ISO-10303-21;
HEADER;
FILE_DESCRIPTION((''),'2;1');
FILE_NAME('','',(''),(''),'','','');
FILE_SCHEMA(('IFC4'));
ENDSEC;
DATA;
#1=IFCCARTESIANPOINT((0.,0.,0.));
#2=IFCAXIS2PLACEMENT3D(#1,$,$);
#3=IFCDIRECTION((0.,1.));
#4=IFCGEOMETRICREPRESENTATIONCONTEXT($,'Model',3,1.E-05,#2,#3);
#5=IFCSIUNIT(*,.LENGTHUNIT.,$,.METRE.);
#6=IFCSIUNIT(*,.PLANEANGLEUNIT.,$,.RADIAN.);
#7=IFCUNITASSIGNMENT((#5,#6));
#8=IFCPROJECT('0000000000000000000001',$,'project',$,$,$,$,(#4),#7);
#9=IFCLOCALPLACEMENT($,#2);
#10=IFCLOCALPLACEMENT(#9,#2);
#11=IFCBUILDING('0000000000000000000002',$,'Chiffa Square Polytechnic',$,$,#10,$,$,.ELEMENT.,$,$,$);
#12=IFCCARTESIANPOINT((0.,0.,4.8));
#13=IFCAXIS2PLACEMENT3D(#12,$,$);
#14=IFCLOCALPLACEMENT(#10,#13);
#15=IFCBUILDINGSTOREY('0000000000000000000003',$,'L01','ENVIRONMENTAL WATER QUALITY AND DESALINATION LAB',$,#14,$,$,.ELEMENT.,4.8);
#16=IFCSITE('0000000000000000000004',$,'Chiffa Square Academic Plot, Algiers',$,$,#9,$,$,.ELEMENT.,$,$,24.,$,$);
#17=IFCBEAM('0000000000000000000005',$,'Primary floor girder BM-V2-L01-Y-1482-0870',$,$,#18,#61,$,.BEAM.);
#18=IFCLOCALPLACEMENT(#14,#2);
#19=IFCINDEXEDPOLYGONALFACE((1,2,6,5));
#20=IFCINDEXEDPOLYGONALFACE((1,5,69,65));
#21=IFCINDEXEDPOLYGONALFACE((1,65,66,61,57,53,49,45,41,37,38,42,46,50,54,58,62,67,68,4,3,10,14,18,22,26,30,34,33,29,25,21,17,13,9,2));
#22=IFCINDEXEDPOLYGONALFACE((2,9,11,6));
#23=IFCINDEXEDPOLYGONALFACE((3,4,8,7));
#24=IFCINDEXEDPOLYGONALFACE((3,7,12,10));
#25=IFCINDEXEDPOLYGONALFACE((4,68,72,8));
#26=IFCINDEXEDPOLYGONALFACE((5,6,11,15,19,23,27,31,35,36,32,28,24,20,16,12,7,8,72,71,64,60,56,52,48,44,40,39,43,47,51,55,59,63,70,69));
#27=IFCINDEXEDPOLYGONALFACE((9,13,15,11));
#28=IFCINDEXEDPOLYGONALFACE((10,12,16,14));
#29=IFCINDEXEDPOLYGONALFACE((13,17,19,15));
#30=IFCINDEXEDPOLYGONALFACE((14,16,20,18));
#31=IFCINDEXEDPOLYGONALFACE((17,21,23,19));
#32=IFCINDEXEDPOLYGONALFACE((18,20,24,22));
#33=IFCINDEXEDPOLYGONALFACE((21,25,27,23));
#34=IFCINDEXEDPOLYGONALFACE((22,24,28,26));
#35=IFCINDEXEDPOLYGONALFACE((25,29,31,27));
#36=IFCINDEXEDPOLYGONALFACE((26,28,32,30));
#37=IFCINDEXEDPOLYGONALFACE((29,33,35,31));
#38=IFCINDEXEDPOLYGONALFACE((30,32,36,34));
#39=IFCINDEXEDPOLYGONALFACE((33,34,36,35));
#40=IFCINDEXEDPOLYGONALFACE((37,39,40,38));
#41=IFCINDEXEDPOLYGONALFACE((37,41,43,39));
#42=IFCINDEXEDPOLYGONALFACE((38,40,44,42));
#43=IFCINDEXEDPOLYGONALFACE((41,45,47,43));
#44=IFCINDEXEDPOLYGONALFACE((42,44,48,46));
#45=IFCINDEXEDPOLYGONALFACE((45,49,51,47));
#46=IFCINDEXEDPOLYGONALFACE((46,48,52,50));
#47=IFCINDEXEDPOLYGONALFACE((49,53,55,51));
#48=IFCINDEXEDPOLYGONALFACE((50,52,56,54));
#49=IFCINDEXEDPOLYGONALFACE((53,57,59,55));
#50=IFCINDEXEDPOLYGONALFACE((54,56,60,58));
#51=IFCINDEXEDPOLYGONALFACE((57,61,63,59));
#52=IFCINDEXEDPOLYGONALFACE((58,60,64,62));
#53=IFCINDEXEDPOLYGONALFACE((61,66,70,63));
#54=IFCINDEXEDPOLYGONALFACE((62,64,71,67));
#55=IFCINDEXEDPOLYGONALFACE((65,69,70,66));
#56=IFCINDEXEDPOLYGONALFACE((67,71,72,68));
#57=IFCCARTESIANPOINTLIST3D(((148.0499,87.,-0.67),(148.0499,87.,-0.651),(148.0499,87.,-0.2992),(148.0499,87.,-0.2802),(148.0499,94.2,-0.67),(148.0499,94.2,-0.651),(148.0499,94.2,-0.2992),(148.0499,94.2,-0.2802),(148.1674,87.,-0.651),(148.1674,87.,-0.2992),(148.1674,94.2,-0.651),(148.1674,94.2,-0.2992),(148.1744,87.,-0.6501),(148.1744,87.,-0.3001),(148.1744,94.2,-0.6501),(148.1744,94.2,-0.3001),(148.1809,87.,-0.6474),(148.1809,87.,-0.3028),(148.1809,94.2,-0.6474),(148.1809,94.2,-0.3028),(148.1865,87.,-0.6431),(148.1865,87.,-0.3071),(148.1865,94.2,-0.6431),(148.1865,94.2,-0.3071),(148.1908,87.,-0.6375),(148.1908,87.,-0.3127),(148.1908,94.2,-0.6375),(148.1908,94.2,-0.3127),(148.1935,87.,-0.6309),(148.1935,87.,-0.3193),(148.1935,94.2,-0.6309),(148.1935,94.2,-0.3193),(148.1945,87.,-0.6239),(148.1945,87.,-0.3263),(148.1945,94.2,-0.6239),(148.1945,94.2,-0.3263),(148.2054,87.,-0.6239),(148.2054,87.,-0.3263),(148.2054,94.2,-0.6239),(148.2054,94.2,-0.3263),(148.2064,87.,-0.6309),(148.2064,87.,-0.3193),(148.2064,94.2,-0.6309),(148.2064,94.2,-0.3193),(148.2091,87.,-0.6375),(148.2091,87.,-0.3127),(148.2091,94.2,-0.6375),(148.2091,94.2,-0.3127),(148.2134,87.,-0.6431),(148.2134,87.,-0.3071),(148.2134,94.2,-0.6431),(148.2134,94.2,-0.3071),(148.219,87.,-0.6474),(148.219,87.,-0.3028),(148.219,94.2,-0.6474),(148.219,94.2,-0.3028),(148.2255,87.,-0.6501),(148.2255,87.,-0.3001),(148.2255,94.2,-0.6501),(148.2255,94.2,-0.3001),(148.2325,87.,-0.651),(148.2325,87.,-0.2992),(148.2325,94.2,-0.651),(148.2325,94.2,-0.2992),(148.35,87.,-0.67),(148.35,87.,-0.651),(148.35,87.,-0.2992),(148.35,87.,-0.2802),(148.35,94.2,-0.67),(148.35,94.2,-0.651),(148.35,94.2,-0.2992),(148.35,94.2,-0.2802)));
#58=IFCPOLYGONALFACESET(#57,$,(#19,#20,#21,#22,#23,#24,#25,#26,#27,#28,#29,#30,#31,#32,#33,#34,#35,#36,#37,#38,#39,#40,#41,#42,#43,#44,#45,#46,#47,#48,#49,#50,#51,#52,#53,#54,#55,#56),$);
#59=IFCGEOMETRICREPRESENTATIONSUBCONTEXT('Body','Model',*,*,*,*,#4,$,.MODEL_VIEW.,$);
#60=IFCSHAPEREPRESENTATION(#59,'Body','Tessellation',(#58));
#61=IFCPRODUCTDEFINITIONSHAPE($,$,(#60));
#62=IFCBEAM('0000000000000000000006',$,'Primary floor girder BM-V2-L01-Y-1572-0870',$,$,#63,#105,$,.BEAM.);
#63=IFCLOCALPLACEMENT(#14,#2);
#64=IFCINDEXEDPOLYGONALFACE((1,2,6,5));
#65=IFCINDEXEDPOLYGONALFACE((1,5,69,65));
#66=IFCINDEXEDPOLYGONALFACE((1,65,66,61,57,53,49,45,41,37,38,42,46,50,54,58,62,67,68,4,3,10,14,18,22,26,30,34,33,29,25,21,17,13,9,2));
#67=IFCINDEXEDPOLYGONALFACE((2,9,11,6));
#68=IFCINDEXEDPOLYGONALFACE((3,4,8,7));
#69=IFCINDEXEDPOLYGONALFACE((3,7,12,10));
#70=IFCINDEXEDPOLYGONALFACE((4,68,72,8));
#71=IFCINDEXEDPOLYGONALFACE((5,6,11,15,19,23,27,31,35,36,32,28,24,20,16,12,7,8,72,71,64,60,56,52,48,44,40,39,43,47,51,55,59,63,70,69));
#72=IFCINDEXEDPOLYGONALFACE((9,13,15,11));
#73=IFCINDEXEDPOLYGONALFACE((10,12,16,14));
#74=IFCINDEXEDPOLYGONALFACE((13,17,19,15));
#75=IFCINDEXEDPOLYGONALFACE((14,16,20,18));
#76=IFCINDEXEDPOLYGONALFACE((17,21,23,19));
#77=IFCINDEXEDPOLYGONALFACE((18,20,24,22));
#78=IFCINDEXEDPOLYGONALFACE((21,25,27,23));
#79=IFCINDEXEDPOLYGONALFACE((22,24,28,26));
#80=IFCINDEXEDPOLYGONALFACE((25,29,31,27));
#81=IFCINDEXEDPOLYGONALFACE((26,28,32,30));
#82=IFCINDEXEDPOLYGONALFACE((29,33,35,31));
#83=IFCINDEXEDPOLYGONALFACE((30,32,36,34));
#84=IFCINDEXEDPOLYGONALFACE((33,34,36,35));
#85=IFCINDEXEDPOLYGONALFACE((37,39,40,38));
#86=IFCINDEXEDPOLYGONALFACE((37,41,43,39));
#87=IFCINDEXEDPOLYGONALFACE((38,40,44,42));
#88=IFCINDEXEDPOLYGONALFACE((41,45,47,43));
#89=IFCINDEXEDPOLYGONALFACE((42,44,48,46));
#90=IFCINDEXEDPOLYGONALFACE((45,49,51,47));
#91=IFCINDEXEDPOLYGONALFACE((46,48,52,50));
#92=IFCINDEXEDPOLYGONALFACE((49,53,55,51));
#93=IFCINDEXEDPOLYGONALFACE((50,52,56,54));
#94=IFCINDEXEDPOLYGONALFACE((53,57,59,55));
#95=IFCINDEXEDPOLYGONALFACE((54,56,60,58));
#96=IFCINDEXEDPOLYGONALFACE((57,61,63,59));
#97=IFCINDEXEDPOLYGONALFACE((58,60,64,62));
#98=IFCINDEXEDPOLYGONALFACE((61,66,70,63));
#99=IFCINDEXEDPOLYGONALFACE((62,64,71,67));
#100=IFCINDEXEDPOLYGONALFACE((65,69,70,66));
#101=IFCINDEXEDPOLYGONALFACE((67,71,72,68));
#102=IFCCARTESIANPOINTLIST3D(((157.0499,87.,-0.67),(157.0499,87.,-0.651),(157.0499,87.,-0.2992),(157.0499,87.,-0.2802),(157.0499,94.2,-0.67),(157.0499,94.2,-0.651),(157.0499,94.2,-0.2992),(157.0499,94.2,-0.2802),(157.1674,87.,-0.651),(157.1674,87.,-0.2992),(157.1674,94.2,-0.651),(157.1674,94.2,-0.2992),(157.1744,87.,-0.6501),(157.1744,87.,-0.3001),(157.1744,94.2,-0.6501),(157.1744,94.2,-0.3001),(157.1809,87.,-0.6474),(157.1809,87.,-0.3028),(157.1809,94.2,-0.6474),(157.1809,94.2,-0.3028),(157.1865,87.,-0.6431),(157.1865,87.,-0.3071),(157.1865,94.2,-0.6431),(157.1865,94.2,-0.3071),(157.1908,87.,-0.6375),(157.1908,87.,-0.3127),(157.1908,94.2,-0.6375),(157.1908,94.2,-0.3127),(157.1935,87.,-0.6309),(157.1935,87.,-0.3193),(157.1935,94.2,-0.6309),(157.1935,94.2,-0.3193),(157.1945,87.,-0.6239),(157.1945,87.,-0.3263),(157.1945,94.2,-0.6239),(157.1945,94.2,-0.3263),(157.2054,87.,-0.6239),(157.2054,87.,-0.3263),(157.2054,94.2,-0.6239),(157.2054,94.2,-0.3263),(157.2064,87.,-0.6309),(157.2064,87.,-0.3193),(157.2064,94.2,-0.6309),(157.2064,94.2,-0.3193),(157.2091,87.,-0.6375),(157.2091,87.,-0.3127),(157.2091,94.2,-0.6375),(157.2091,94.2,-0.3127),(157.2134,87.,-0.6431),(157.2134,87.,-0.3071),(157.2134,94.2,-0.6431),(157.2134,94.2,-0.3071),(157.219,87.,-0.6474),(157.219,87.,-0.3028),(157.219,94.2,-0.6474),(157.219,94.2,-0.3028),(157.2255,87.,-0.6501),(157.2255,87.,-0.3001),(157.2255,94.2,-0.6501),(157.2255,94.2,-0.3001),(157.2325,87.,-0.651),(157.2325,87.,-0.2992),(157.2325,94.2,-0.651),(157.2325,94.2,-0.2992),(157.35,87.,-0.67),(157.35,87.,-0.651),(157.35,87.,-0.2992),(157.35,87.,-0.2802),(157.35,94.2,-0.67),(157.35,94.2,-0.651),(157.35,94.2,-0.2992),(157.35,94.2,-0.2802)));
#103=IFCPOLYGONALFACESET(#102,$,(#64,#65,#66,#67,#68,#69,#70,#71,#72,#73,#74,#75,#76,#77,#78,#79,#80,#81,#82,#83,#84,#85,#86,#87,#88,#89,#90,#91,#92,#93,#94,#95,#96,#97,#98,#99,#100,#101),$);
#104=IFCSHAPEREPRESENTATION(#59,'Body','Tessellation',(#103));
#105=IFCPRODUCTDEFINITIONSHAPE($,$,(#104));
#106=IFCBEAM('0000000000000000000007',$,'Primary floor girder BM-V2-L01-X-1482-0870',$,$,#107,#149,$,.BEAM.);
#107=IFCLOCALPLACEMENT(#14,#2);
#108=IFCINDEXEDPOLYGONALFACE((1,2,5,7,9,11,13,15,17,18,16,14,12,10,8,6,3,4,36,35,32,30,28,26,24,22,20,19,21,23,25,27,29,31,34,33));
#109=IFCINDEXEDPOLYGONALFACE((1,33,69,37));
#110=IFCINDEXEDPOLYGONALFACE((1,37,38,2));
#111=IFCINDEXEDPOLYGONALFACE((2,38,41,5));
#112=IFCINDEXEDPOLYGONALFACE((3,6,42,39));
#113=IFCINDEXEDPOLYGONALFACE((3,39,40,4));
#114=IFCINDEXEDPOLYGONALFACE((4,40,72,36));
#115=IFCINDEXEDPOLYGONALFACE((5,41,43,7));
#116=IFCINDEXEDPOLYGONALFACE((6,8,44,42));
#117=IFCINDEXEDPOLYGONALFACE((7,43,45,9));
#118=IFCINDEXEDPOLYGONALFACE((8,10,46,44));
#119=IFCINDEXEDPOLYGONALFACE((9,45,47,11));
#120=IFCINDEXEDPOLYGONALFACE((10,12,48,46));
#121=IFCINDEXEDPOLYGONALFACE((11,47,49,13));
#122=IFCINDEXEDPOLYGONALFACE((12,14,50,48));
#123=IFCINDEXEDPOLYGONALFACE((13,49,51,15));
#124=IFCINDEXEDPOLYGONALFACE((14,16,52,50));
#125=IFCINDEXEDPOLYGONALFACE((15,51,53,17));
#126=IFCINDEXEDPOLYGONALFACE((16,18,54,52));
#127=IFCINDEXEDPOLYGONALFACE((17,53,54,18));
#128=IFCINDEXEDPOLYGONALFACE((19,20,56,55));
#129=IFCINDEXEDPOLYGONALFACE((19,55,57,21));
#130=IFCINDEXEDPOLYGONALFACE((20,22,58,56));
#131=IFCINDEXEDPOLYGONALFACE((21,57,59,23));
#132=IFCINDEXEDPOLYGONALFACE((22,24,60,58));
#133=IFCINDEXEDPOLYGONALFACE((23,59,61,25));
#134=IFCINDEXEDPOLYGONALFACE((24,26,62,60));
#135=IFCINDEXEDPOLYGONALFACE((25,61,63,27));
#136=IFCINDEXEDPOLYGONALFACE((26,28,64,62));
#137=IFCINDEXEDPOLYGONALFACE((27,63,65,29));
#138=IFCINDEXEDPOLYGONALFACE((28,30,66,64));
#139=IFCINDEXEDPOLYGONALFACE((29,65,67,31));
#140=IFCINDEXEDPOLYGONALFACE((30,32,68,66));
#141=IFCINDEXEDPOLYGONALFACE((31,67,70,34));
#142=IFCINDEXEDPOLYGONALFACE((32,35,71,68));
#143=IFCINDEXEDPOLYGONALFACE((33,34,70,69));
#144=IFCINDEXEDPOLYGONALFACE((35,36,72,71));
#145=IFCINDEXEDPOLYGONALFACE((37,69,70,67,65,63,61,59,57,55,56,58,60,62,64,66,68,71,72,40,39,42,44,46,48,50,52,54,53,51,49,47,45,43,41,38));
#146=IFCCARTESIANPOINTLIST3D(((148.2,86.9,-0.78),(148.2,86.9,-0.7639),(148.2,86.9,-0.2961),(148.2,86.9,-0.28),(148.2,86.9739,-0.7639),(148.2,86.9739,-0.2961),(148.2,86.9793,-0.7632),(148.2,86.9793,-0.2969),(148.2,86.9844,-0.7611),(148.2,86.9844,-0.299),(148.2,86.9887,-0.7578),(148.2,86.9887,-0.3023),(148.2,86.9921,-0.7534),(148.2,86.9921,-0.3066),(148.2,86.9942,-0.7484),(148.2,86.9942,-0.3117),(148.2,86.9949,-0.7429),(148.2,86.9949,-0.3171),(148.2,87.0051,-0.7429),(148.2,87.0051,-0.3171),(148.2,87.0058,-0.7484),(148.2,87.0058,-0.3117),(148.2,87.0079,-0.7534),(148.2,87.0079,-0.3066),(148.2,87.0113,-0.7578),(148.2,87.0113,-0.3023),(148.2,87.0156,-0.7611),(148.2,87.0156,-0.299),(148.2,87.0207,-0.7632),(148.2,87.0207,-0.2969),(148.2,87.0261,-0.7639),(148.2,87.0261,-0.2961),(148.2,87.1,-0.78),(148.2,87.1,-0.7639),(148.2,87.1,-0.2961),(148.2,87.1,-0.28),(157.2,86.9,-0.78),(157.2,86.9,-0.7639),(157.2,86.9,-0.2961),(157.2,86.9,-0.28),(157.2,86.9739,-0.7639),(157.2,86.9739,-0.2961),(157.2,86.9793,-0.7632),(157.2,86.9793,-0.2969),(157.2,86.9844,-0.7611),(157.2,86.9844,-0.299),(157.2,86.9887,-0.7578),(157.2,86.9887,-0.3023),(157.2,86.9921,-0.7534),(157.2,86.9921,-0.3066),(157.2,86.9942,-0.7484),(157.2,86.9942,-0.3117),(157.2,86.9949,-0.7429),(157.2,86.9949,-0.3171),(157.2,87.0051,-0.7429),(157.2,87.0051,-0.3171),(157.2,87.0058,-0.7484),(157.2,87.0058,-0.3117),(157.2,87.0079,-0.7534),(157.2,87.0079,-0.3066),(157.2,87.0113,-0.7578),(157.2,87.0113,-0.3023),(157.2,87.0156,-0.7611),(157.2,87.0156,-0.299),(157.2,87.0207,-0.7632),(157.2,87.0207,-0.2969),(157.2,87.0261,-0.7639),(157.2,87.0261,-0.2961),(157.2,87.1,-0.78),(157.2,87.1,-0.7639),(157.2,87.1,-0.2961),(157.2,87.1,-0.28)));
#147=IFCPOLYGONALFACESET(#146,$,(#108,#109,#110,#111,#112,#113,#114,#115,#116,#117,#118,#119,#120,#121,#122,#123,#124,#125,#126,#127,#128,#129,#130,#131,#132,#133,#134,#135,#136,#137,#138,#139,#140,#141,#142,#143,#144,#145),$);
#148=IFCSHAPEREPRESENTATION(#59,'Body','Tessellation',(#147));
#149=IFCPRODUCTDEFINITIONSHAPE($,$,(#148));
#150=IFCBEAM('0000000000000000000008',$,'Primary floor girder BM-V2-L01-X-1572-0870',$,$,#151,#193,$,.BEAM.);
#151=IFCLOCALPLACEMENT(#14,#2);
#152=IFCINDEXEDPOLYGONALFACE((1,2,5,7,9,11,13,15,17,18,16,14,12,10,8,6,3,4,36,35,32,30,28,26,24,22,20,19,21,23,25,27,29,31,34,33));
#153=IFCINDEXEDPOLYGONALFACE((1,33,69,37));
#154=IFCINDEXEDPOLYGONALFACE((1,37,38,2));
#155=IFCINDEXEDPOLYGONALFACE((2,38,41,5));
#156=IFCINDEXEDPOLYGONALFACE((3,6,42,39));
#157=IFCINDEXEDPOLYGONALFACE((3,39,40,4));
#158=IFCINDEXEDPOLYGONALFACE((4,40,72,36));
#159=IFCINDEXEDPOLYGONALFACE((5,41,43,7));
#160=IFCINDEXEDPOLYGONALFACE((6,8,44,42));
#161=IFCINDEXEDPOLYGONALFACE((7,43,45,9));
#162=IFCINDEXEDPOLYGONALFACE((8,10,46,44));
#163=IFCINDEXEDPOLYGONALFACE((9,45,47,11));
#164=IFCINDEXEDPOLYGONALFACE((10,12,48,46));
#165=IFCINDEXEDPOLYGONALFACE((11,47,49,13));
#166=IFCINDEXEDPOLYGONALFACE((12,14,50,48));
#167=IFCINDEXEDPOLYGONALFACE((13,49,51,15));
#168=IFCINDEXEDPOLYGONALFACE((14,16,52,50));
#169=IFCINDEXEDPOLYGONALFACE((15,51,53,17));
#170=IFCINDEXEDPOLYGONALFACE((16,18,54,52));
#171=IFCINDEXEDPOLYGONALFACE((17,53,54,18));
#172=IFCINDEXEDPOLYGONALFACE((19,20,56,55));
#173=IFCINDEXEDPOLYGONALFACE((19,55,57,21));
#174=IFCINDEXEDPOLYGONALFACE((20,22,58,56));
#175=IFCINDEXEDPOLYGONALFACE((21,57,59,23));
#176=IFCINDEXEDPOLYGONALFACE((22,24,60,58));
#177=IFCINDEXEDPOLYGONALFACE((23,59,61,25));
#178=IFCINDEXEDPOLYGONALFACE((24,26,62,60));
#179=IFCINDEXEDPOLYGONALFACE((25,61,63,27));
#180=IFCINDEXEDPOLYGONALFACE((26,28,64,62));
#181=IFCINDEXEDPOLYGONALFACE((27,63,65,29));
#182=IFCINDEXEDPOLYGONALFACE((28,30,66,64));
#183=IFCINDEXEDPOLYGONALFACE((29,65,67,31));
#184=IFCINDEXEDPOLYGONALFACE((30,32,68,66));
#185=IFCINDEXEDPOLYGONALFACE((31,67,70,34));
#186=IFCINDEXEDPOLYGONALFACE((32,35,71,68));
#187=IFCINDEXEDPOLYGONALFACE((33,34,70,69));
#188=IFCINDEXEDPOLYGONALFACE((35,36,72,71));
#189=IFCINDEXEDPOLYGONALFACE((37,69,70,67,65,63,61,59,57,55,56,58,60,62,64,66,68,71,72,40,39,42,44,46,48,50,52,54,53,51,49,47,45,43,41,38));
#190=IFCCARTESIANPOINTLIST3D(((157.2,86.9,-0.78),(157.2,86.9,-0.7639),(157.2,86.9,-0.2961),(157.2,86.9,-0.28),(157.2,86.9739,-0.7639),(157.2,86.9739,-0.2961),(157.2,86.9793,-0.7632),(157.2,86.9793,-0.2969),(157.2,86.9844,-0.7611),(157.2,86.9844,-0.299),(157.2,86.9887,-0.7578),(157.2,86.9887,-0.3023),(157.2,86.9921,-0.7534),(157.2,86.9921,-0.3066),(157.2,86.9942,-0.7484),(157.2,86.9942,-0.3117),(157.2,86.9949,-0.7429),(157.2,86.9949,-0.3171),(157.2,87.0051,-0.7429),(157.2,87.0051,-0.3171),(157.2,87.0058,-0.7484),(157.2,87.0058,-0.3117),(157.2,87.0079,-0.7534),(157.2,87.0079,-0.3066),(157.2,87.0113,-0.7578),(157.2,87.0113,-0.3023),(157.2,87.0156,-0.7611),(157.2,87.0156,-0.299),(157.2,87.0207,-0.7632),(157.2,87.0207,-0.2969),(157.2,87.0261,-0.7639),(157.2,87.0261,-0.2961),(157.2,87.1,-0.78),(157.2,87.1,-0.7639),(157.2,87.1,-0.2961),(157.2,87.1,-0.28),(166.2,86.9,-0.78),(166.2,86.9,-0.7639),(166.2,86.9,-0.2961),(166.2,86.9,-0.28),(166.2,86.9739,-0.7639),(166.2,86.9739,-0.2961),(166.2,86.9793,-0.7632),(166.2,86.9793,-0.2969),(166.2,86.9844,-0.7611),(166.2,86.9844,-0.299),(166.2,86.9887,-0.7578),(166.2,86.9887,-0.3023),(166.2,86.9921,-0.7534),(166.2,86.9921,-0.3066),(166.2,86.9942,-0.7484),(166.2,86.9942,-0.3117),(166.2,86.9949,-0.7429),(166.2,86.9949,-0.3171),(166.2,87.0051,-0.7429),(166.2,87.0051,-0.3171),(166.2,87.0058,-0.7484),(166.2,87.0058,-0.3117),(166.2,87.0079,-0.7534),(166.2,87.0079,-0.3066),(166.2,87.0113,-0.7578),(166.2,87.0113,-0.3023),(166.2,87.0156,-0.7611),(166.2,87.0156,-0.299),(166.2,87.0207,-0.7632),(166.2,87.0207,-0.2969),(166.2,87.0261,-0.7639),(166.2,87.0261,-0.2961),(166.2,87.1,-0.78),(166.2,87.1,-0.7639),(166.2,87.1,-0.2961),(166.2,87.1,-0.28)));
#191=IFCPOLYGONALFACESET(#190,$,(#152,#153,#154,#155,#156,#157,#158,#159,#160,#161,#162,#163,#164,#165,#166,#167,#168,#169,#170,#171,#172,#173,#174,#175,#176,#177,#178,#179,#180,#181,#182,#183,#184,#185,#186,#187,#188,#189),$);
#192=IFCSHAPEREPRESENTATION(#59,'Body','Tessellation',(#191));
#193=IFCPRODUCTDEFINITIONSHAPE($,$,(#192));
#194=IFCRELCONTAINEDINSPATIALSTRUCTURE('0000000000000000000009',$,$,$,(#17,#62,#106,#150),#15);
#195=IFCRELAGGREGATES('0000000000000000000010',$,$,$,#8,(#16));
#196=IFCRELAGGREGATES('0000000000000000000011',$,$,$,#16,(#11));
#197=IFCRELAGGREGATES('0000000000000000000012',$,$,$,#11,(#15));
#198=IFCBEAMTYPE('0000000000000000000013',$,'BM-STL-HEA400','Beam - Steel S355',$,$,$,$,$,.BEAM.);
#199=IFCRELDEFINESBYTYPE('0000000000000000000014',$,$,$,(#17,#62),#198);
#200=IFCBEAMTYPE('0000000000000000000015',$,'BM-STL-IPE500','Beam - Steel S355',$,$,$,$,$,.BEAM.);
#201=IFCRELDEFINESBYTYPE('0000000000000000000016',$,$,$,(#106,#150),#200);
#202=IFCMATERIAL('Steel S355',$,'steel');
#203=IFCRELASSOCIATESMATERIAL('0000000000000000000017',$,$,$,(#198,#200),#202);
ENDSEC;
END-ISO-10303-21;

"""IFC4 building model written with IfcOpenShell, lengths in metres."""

from ifc_helpers import new_model, si_unit, direction, frame, origin, origin_2d, place, context, subcontext, project, spatial, i_section, extrude, material, material_profile, profile_set, type_object, element, save


model = new_model("IFC4")

# Units and contexts
model_context = context("Model", 3, precision=1e-05, world=origin(), true_north=direction((0.0, 1.0)))
body_context = subcontext(model_context, "Body", "Model", "MODEL_VIEW")
ifc_project = project(units=[si_unit("LENGTHUNIT", "METRE"), si_unit("PLANEANGLEUNIT", "RADIAN")], contexts=[model_context])

# Site, building, storey
site_placement = place(None, origin())
site = spatial("IfcSite", under=ifc_project, at=site_placement, Name="Chiffa Square Academic Plot, Algiers", CompositionType="ELEMENT", RefElevation=24.0)
building_placement = place(site_placement, origin())
building = spatial("IfcBuilding", under=site, at=building_placement, Name="Chiffa Square Polytechnic", CompositionType="ELEMENT")
storey_placement = place(building_placement, frame((0.0, 0.0, 4.8)))
storey = spatial("IfcBuildingStorey", under=building, at=storey_placement, Name="L01", Description="ENVIRONMENTAL WATER QUALITY AND DESALINATION LAB", CompositionType="ELEMENT", Elevation=4.8)

# Shared definitions
ifc_material_1 = material(Name="Steel S355", Category="steel")

# Beams
ifc_material_profile_1 = material_profile(ifc_material_1, i_section(OverallWidth=0.3, OverallDepth=0.3899, WebThickness=0.011, FlangeThickness=0.019, FilletRadius=0.0271, at=origin_2d()), Name="HEA 400")
ifc_profile_set_1 = profile_set([ifc_material_profile_1], Name="Steel S355")
beam_type_1 = type_object("IfcBeamType", Name="BM-STL-HEA400", Description="Beam - Steel S355", PredefinedType="BEAM", material=ifc_profile_set_1)
for number, where, z_axis, x_axis, name in (
    (1, (148.2, 87.0, -0.4751), (0.0, 1.0, 0.0), (-1.0, 0.0, 0.0), "Primary floor girder BM-V2-L01-Y-1482-0870"),
    (2, (157.2, 87.0, -0.4751), (0.0, 1.0, 0.0), (-1.0, 0.0, 0.0), "Primary floor girder BM-V2-L01-Y-1572-0870"),
):
    element("IfcBeam", number, at=place(storey_placement, frame(where, z_axis=z_axis, x_axis=x_axis)), inside=storey, type_object=beam_type_1, Name=name, PredefinedType="BEAM", context=body_context, shape_type="SweptSolid", body=[
        extrude(i_section(OverallWidth=0.3, OverallDepth=0.3899, WebThickness=0.011, FlangeThickness=0.019, FilletRadius=0.0271, at=origin_2d()), origin(), (0.0, 0.0, 1.0), 7.2),
    ])
ifc_material_profile_2 = material_profile(ifc_material_1, i_section(OverallWidth=0.2, OverallDepth=0.5, WebThickness=0.0103, FlangeThickness=0.0161, FilletRadius=0.021, at=origin_2d()), Name="IPE 500")
ifc_profile_set_2 = profile_set([ifc_material_profile_2], Name="Steel S355")
beam_type_2 = type_object("IfcBeamType", Name="BM-STL-IPE500", Description="Beam - Steel S355", PredefinedType="BEAM", material=ifc_profile_set_2)
for number, where, z_axis, x_axis, name in (
    (3, (148.2, 87.0, -0.53), (1.0, 0.0, 0.0), (0.0, 1.0, 0.0), "Primary floor girder BM-V2-L01-X-1482-0870"),
    (4, (157.2, 87.0, -0.53), (1.0, 0.0, 0.0), (0.0, 1.0, 0.0), "Primary floor girder BM-V2-L01-X-1572-0870"),
):
    element("IfcBeam", number, at=place(storey_placement, frame(where, z_axis=z_axis, x_axis=x_axis)), inside=storey, type_object=beam_type_2, Name=name, PredefinedType="BEAM", context=body_context, shape_type="SweptSolid", body=[
        extrude(i_section(OverallWidth=0.2, OverallDepth=0.5, WebThickness=0.0103, FlangeThickness=0.0161, FilletRadius=0.021, at=origin_2d()), origin(), (0.0, 0.0, 1.0), 9.0),
    ])

save(model, "model.ifc")
